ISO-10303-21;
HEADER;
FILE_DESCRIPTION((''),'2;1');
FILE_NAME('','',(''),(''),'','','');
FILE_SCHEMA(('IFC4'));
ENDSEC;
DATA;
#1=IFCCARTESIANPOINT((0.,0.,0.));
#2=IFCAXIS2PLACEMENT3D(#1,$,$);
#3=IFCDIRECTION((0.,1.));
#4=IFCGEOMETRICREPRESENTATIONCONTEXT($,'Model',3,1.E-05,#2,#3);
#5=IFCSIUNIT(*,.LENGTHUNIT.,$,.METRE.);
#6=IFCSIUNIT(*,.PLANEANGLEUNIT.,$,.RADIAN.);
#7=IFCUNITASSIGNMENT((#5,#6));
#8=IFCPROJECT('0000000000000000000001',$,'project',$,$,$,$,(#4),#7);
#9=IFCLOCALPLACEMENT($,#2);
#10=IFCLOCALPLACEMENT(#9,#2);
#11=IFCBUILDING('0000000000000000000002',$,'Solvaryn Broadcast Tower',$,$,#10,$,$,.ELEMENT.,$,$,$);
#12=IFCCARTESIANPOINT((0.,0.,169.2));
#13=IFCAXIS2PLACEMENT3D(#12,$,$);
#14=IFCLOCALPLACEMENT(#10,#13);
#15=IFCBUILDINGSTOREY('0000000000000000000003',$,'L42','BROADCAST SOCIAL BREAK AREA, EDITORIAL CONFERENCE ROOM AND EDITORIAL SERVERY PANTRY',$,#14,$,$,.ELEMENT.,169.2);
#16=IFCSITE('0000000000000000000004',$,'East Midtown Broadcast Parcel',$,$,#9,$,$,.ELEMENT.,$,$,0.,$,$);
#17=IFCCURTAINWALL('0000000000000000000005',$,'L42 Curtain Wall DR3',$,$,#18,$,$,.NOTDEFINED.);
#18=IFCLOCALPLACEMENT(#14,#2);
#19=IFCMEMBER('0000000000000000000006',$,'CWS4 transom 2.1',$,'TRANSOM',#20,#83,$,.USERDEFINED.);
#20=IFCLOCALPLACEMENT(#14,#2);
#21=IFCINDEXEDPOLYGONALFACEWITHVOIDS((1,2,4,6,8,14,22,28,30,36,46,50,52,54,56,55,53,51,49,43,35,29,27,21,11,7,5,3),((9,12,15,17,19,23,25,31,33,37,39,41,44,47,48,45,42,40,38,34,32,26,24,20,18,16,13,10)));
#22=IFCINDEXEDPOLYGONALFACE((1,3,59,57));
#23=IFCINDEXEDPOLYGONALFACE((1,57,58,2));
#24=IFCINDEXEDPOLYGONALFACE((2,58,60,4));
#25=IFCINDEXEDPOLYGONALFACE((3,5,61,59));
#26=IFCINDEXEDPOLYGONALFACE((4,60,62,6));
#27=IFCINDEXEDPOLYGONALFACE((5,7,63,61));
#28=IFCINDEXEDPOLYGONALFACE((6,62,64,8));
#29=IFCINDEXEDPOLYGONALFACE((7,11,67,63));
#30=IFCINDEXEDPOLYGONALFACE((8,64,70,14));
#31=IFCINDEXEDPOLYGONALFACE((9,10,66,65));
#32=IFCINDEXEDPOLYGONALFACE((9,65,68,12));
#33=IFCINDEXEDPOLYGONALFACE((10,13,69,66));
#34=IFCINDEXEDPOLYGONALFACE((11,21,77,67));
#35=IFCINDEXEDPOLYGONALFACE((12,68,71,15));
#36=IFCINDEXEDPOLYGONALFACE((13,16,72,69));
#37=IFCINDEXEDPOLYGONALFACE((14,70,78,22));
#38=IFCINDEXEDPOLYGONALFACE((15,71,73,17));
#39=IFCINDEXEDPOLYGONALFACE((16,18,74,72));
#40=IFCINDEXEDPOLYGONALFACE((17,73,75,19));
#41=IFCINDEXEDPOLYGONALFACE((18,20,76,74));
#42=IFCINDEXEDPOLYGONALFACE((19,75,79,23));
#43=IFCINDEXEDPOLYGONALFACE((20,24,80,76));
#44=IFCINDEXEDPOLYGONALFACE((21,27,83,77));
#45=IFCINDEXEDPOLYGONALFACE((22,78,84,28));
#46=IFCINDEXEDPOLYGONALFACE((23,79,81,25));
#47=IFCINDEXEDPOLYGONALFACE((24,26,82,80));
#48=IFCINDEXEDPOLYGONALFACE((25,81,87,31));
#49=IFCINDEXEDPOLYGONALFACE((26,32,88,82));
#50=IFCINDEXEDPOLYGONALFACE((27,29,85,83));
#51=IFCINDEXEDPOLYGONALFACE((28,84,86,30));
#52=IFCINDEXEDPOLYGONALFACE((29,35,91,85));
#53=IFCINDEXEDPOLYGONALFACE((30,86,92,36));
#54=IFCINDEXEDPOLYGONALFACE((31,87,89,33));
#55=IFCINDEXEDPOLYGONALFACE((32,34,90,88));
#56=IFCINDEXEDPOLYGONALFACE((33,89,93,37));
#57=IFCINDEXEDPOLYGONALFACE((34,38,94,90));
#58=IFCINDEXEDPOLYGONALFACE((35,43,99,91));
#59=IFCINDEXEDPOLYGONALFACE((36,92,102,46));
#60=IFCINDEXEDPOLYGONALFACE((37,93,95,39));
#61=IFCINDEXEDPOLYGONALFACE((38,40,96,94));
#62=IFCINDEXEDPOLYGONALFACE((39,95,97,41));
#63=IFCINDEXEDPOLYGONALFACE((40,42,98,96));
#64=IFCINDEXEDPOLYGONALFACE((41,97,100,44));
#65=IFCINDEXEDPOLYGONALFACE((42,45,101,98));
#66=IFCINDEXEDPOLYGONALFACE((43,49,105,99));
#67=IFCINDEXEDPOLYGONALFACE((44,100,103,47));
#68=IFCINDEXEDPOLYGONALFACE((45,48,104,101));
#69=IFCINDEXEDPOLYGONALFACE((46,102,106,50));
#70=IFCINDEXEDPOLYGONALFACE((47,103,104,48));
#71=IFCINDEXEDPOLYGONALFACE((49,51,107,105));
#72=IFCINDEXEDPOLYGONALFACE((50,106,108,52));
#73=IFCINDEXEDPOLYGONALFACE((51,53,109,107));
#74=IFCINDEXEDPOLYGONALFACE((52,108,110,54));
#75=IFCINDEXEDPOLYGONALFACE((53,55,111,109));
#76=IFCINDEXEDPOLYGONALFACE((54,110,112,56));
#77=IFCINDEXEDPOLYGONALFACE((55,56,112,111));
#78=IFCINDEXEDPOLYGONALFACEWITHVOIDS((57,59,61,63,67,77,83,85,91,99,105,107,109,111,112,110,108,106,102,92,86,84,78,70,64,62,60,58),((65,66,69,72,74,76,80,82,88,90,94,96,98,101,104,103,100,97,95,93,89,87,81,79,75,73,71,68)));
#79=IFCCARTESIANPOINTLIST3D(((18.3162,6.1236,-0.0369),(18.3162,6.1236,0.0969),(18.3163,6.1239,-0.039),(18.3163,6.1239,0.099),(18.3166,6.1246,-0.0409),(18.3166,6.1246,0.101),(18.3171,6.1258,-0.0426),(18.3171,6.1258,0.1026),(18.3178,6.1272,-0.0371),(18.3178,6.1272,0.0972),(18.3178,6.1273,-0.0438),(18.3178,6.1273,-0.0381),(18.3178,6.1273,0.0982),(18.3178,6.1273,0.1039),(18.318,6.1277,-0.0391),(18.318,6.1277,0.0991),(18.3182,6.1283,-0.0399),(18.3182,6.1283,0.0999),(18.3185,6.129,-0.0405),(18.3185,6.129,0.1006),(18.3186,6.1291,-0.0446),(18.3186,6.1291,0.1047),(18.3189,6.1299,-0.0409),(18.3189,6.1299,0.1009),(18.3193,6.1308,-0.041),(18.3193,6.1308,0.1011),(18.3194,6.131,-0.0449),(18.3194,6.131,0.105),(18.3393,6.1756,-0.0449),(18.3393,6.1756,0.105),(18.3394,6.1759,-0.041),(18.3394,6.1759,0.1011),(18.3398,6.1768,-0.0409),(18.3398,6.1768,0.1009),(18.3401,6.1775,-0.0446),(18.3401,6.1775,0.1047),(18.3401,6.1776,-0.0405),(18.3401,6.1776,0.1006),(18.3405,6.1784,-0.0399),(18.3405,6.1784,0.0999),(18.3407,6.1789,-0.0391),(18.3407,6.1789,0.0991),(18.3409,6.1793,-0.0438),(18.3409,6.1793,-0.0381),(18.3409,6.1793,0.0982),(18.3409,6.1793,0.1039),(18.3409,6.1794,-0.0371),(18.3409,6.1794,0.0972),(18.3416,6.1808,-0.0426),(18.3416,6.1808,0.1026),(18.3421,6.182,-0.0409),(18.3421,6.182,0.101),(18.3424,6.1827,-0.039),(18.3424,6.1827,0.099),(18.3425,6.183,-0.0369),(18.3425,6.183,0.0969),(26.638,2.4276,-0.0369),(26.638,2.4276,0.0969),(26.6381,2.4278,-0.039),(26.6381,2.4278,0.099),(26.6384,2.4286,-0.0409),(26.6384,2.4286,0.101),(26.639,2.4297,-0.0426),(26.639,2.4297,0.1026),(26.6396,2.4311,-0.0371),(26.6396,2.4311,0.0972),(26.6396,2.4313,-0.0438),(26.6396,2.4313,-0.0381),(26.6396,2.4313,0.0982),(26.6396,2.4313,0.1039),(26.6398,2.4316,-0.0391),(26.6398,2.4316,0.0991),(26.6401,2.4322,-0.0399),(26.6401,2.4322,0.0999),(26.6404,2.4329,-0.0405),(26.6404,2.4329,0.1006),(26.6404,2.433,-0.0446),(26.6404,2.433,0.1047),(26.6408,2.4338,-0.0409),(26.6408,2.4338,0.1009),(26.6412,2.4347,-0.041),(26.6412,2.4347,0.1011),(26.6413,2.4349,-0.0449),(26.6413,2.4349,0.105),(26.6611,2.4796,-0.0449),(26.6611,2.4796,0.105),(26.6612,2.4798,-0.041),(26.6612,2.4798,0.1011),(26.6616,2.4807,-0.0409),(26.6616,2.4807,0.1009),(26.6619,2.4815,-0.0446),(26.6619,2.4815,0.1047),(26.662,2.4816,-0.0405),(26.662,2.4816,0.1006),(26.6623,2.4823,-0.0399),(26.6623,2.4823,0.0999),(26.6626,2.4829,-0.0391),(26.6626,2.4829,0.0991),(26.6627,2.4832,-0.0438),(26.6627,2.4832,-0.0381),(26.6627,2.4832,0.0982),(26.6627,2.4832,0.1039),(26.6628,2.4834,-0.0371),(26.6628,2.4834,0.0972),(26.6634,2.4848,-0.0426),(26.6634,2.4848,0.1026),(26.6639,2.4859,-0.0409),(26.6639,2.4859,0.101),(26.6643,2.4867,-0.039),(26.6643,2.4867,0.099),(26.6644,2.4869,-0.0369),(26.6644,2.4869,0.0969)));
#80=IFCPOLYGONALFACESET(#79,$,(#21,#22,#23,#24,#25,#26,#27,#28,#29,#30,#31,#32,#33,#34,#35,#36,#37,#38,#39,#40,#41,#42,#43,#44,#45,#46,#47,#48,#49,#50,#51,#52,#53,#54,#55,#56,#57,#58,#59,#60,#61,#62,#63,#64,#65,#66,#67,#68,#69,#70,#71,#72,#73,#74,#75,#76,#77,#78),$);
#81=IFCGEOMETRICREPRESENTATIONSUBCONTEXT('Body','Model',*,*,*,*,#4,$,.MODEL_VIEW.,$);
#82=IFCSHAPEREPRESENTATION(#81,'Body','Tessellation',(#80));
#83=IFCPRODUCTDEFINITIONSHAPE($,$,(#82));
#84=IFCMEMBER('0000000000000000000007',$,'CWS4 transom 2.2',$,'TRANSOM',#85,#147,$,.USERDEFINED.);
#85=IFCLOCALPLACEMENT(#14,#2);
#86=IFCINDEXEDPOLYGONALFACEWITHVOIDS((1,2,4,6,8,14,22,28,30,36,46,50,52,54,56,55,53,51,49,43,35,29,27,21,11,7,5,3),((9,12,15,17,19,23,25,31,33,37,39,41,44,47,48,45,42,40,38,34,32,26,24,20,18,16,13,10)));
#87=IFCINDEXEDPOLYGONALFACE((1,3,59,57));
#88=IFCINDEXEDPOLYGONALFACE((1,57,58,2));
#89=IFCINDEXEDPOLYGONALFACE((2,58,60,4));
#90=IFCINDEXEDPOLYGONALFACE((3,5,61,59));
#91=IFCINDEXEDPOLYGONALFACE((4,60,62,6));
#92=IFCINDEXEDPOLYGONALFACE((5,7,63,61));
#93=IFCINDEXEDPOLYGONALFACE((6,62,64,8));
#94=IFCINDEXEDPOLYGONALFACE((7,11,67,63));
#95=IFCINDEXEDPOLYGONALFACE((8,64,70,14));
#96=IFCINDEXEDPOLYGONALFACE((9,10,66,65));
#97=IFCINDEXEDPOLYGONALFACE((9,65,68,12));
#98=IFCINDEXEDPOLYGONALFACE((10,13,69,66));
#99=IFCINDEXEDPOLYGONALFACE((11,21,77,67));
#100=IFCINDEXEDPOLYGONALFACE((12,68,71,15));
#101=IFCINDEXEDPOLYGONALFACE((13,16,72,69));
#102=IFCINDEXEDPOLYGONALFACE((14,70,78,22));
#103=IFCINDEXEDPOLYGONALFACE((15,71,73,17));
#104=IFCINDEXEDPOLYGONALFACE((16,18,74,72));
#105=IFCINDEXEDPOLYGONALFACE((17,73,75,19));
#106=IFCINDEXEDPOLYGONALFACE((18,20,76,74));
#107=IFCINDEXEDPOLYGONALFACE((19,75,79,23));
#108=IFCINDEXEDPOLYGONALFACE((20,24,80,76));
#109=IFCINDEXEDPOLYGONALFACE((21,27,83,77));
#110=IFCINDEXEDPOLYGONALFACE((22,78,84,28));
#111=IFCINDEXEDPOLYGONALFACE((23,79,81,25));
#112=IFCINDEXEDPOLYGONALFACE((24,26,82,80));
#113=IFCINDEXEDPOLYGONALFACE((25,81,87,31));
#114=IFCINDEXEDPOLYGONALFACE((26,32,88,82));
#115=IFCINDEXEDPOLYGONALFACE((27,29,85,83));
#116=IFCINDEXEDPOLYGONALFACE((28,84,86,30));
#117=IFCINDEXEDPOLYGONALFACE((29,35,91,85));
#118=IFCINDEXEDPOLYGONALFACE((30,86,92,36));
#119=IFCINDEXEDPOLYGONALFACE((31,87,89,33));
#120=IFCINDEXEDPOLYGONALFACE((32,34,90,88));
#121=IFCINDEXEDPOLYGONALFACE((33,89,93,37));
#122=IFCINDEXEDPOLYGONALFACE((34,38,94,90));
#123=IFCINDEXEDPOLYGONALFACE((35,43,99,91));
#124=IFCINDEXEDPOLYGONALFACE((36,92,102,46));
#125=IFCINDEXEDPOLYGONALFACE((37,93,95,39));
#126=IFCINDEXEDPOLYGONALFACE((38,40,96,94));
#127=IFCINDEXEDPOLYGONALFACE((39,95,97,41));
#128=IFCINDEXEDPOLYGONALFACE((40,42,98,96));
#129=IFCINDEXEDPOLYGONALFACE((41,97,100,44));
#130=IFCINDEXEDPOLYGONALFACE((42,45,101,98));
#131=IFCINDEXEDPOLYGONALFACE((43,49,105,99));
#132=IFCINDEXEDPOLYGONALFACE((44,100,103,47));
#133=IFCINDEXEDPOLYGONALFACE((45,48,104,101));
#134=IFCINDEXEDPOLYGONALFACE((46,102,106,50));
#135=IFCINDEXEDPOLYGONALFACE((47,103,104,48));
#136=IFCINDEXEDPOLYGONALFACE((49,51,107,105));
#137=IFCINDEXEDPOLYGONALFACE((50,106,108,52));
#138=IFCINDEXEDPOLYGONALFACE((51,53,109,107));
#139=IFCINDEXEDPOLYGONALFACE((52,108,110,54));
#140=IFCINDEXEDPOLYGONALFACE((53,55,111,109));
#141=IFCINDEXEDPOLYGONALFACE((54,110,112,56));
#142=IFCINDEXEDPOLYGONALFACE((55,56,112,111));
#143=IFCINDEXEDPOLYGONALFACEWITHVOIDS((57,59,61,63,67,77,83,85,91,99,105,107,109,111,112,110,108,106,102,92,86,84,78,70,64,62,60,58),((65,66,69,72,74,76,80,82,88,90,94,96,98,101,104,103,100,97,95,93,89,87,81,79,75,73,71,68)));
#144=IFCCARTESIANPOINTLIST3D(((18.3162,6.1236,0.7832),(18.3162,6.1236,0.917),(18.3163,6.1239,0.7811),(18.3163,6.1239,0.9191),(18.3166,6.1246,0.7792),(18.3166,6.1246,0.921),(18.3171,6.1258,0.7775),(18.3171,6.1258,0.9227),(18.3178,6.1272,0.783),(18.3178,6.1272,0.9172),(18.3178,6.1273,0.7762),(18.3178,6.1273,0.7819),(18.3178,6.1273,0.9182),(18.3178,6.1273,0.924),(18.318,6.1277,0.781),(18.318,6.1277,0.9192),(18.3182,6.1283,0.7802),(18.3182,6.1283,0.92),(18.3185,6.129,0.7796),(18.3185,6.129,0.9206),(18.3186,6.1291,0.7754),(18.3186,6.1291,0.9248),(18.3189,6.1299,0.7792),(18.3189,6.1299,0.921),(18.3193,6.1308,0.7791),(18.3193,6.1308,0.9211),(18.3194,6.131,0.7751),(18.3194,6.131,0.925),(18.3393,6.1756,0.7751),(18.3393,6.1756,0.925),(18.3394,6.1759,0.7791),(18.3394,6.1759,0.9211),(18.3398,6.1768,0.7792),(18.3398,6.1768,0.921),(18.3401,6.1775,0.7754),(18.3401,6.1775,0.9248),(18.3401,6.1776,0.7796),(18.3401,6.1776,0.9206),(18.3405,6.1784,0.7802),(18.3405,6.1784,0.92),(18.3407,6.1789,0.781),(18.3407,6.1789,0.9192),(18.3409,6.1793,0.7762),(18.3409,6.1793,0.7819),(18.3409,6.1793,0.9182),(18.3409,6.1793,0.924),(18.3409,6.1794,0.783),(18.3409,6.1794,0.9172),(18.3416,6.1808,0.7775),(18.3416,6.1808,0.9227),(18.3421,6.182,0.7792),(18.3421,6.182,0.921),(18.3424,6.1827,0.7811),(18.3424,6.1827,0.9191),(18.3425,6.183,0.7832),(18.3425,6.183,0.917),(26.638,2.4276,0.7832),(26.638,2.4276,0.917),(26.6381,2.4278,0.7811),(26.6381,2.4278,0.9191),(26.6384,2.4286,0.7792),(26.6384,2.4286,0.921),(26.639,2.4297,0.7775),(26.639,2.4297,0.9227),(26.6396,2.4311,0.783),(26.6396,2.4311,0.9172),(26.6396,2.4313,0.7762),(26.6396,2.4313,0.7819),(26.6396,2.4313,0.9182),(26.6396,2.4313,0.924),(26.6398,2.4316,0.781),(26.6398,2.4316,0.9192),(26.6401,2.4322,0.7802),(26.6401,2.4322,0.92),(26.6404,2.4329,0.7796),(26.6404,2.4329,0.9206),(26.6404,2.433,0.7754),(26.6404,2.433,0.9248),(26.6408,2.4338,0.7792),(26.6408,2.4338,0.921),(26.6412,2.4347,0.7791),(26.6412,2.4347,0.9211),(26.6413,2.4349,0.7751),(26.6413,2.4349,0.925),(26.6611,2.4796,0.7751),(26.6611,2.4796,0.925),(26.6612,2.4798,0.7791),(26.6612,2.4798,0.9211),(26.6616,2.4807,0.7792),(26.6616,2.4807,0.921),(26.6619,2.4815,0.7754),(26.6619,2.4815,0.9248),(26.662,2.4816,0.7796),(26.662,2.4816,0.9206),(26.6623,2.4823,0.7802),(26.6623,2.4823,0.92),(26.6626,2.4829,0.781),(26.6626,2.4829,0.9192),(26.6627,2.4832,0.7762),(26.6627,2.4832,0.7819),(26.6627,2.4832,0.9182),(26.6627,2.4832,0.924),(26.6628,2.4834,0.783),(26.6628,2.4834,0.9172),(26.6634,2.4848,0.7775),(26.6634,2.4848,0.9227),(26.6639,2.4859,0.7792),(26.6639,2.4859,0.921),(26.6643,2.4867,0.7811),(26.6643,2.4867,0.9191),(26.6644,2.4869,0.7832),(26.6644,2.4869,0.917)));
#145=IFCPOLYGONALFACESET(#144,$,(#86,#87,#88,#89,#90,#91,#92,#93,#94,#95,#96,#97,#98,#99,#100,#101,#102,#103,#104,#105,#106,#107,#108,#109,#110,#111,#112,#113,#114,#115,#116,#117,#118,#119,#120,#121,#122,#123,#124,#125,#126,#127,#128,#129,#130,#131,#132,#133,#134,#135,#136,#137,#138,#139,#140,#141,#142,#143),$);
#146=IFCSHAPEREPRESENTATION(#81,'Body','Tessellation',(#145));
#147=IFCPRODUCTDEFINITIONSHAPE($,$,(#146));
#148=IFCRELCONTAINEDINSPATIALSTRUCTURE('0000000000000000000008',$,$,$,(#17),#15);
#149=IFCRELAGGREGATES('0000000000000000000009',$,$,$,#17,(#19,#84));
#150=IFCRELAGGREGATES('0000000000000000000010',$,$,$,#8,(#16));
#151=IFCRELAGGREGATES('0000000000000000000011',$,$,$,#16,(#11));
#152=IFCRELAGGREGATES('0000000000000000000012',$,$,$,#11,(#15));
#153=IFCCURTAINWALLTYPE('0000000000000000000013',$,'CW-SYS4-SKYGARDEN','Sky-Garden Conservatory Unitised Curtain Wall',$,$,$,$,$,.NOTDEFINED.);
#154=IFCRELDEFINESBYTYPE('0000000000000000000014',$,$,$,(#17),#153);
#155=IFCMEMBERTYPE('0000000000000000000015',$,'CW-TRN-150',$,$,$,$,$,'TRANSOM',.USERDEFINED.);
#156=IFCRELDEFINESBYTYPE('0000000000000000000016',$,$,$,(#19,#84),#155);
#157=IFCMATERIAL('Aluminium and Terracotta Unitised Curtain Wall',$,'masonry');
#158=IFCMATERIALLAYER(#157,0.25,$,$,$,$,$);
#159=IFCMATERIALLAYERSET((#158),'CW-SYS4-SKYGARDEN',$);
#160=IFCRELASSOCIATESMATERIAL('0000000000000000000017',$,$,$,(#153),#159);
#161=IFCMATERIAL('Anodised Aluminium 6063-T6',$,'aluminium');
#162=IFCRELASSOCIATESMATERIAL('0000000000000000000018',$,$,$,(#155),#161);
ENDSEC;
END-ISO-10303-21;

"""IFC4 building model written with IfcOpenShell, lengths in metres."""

from ifc_helpers import new_model, si_unit, direction, frame, origin, origin_2d, place, context, subcontext, project, spatial, hollow_rectangle, extrude, material, layer, layer_set, material_profile, profile_set, type_object, element, aggregate, save


model = new_model("IFC4")

# Units and contexts
model_context = context("Model", 3, precision=1e-05, world=origin(), true_north=direction((0.0, 1.0)))
body_context = subcontext(model_context, "Body", "Model", "MODEL_VIEW")
ifc_project = project(units=[si_unit("LENGTHUNIT", "METRE"), si_unit("PLANEANGLEUNIT", "RADIAN")], contexts=[model_context])

# Site, building, storey
site_placement = place(None, origin())
site = spatial("IfcSite", under=ifc_project, at=site_placement, Name="East Midtown Broadcast Parcel", CompositionType="ELEMENT", RefElevation=0.0)
building_placement = place(site_placement, origin())
building = spatial("IfcBuilding", under=site, at=building_placement, Name="Solvaryn Broadcast Tower", CompositionType="ELEMENT")
storey_placement = place(building_placement, frame((0.0, 0.0, 169.2)))
storey = spatial("IfcBuildingStorey", under=building, at=storey_placement, Name="L42", Description="BROADCAST SOCIAL BREAK AREA, EDITORIAL CONFERENCE ROOM AND EDITORIAL SERVERY PANTRY", CompositionType="ELEMENT", Elevation=169.2)

# Shared definitions
ifc_material_1 = material(Name="Aluminium and Terracotta Unitised Curtain Wall", Category="masonry")
ifc_layer_1 = layer(ifc_material_1, 0.25)
ifc_layer_set_1 = layer_set([ifc_layer_1], Name="CW-SYS4-SKYGARDEN")
curtain_wall_type = type_object("IfcCurtainWallType", Name="CW-SYS4-SKYGARDEN", Description="Sky-Garden Conservatory Unitised Curtain Wall", PredefinedType="NOTDEFINED", material=ifc_layer_set_1)

# Curtain wall, members
curtain_wall_1_placement = place(storey_placement, origin())
curtain_wall_1 = element("IfcCurtainWall", 1, at=curtain_wall_1_placement, inside=storey, type_object=curtain_wall_type, Name="L42 Curtain Wall DR3", PredefinedType="NOTDEFINED")
ifc_material_2 = material(Name="Anodised Aluminium 6063-T6", Category="aluminium")
ifc_material_profile_1 = material_profile(ifc_material_2, hollow_rectangle(XDim=0.0649, YDim=0.1499, WallThickness=0.0039, InnerFilletRadius=0.0039, OuterFilletRadius=0.0081, at=origin_2d()))
ifc_profile_set_1 = profile_set([ifc_material_profile_1], Name="Anodised Aluminium 6063-T6")
member_type_1 = type_object("IfcMemberType", Name="CW-TRN-150", ElementType="TRANSOM", PredefinedType="USERDEFINED", material=ifc_profile_set_1)
member_1_placement = place(storey_placement, frame((18.3293, 6.1533, 0.03), z_axis=(0.913914, -0.405907, 0.0), x_axis=(0.405907, 0.913914, 0.0)))
member_1 = element("IfcMember", 2, at=member_1_placement, type_object=member_type_1, Name="CWS4 transom 2.1", ObjectType="TRANSOM", PredefinedType="USERDEFINED", context=body_context, shape_type="SweptSolid", body=[
    extrude(hollow_rectangle(XDim=0.0649, YDim=0.1499, WallThickness=0.0039, InnerFilletRadius=0.0039, OuterFilletRadius=0.0081, at=origin_2d()), origin(), (0.0, 0.0, 1.0), 9.1057),
])
member_2_placement = place(storey_placement, frame((18.3293, 6.1533, 0.8501), z_axis=(0.913914, -0.405907, 0.0), x_axis=(0.405907, 0.913914, 0.0)))
member_2 = element("IfcMember", 3, at=member_2_placement, type_object=member_type_1, Name="CWS4 transom 2.2", ObjectType="TRANSOM", PredefinedType="USERDEFINED", context=body_context, shape_type="SweptSolid", body=[
    extrude(hollow_rectangle(XDim=0.0649, YDim=0.1499, WallThickness=0.0039, InnerFilletRadius=0.0039, OuterFilletRadius=0.0081, at=origin_2d()), origin(), (0.0, 0.0, 1.0), 9.1057),
])

aggregate(curtain_wall_1, [member_1, member_2])

save(model, "model.ifc")
